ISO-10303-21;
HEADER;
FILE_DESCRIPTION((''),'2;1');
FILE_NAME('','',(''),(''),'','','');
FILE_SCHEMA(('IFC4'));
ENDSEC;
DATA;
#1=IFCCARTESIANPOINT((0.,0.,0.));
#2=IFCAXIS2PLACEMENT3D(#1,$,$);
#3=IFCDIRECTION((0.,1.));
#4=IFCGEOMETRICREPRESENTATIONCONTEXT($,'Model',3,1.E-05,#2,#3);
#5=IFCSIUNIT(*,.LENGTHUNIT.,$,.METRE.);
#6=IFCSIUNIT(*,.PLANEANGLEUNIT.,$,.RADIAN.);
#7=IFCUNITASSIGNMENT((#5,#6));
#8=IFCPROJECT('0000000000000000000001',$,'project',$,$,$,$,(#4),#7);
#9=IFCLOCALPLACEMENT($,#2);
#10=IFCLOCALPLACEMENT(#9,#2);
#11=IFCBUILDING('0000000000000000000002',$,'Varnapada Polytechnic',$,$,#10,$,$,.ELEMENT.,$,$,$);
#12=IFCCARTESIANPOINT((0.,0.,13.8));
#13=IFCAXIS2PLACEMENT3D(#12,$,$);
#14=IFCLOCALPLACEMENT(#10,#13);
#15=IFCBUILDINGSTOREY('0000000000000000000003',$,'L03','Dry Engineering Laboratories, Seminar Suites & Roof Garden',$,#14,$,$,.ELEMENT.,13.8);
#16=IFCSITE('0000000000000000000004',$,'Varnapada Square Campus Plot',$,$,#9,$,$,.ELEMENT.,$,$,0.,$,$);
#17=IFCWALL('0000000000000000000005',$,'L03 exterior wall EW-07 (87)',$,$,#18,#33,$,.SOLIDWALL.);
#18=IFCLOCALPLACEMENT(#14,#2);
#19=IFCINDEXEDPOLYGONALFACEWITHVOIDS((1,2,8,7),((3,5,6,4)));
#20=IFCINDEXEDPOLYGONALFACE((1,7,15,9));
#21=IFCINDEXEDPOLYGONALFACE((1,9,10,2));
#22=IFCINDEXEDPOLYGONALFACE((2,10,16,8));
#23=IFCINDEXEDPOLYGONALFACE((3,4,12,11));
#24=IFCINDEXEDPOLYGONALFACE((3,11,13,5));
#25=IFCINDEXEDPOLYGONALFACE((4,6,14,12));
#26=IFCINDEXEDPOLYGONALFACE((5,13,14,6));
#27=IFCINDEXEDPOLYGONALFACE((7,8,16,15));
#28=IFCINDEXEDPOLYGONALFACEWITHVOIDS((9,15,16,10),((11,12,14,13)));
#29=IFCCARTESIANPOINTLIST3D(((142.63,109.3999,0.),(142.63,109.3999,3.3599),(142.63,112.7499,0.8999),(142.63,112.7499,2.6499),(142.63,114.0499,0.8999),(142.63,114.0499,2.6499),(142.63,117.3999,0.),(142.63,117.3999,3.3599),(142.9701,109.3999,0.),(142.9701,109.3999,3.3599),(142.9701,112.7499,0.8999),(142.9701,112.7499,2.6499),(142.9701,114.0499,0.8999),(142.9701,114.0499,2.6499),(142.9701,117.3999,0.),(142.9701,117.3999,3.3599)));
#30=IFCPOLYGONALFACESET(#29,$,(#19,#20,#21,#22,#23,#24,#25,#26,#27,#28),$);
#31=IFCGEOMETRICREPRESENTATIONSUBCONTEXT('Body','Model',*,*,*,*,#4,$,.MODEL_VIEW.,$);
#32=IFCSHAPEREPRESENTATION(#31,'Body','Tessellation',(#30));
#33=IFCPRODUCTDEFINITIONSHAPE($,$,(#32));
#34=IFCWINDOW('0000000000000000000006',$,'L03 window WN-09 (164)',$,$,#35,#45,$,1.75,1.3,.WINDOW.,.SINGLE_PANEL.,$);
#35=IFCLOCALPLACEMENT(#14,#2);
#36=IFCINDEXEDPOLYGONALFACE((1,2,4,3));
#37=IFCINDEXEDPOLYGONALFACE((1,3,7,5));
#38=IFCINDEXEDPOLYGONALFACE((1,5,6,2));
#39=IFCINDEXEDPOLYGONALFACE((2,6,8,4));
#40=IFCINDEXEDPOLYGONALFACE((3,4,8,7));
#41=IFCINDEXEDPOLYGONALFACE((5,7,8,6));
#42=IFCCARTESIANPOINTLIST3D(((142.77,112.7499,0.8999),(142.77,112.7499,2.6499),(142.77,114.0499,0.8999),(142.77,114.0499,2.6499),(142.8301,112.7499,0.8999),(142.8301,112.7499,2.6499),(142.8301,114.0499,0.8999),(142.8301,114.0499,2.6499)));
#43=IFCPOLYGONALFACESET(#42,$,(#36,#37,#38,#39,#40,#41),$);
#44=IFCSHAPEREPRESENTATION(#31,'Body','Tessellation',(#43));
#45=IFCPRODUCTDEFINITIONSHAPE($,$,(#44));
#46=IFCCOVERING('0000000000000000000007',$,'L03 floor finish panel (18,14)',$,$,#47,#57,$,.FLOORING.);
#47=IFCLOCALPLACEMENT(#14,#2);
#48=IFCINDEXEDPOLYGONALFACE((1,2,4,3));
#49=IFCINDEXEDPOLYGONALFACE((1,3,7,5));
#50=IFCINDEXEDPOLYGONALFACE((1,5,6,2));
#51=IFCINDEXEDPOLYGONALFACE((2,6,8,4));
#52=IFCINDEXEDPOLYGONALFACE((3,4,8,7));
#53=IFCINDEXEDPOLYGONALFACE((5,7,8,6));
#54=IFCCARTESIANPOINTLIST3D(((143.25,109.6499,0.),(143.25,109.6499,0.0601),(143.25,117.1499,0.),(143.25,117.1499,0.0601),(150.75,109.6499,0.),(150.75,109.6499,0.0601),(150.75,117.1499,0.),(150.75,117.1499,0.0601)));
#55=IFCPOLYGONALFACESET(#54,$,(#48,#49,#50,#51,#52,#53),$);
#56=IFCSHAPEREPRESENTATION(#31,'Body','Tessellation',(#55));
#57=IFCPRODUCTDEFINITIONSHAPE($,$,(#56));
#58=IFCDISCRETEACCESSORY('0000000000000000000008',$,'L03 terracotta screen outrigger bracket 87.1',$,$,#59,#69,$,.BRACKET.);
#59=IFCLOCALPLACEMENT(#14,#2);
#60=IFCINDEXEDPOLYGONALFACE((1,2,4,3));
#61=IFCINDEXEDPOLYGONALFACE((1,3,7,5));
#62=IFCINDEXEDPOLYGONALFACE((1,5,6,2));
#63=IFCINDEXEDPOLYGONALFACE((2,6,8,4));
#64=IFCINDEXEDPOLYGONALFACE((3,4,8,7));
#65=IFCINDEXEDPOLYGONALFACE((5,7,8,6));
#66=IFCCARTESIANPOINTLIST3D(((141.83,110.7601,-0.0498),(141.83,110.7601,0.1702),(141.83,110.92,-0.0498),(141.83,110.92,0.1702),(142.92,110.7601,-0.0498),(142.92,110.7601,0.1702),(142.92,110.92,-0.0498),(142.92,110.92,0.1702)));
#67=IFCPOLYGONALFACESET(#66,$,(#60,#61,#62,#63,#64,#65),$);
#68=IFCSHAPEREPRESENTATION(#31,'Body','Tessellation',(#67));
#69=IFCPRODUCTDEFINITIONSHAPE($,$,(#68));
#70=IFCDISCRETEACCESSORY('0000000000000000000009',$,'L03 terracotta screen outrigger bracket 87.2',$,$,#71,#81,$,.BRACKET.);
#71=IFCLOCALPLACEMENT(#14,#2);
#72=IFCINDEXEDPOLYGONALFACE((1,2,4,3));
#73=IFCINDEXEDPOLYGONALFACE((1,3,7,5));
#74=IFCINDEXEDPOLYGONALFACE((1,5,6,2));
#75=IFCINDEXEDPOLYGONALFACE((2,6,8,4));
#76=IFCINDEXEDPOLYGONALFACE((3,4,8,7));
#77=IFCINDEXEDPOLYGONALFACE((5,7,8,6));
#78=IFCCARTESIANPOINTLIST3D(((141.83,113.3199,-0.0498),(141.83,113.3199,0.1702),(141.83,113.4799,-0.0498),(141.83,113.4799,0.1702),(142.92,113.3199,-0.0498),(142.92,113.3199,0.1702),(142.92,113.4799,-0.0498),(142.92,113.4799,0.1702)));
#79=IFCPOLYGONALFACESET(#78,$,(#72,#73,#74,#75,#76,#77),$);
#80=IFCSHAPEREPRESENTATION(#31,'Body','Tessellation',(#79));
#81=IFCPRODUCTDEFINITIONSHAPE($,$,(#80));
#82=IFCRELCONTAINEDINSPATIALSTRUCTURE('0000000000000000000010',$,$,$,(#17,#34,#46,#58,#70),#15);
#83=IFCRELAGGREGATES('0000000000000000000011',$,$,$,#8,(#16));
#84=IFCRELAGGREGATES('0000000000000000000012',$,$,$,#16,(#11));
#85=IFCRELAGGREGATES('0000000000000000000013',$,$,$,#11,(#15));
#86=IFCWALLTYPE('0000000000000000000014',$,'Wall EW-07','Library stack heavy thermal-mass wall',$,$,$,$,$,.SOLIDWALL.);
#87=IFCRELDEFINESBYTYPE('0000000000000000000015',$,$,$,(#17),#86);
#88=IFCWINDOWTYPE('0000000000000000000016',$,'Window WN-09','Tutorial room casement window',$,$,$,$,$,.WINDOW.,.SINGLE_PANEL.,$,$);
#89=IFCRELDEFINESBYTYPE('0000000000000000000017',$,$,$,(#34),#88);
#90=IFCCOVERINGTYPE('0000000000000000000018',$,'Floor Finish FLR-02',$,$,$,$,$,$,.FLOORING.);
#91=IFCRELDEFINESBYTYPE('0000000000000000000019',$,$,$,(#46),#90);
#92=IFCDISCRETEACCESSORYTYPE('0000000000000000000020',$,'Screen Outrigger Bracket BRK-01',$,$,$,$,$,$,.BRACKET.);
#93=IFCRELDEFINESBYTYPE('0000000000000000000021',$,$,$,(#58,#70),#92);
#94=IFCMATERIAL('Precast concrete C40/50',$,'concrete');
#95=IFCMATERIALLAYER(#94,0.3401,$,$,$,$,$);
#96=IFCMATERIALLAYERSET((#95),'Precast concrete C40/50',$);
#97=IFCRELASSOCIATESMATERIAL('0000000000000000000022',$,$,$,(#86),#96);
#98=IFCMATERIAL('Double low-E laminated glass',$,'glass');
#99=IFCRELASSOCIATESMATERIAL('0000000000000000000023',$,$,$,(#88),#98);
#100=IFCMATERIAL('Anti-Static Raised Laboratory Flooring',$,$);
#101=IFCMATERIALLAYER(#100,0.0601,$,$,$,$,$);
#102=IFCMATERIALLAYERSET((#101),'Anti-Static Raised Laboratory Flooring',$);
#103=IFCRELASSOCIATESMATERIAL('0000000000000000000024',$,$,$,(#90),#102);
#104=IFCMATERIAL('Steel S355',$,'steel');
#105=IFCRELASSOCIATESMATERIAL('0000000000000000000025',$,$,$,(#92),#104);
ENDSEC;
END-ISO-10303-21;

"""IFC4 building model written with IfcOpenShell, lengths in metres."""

from ifc_helpers import new_model, si_unit, direction, frame, frame_2d, origin, origin_2d, place, context, subcontext, project, spatial, rectangle, extrude, material, layer, layer_set, type_object, element, fill, save


model = new_model("IFC4")

# Units and contexts
model_context = context("Model", 3, precision=1e-05, world=origin(), true_north=direction((0.0, 1.0)))
body_context = subcontext(model_context, "Body", "Model", "MODEL_VIEW")
ifc_project = project(units=[si_unit("LENGTHUNIT", "METRE"), si_unit("PLANEANGLEUNIT", "RADIAN")], contexts=[model_context])

# Site, building, storey
site_placement = place(None, origin())
site = spatial("IfcSite", under=ifc_project, at=site_placement, Name="Varnapada Square Campus Plot", CompositionType="ELEMENT", RefElevation=0.0)
building_placement = place(site_placement, origin())
building = spatial("IfcBuilding", under=site, at=building_placement, Name="Varnapada Polytechnic", CompositionType="ELEMENT")
storey_placement = place(building_placement, frame((0.0, 0.0, 13.8)))
storey = spatial("IfcBuildingStorey", under=building, at=storey_placement, Name="L03", Description="Dry Engineering Laboratories, Seminar Suites & Roof Garden", CompositionType="ELEMENT", Elevation=13.8)

# Wall, opening, window
ifc_material_1 = material(Name="Precast concrete C40/50", Category="concrete")
ifc_layer_1 = layer(ifc_material_1, 0.3401)
ifc_layer_set_1 = layer_set([ifc_layer_1], Name="Precast concrete C40/50")
wall_type_1 = type_object("IfcWallType", Name="Wall EW-07", Description="Library stack heavy thermal-mass wall", PredefinedType="SOLIDWALL", material=ifc_layer_set_1)
wall_1_placement = place(storey_placement, frame((142.8, 109.3999, 0.0), z_axis=(0.0, 0.0, 1.0), x_axis=(0.0, 1.0, 0.0)))
wall_1 = element("IfcWall", 1, at=wall_1_placement, inside=storey, type_object=wall_type_1, Name="L03 exterior wall EW-07 (87)", PredefinedType="SOLIDWALL", context=body_context, shape_type="SweptSolid", body=[
    extrude(rectangle(XDim=8.0, YDim=0.3401, at=frame_2d((4.0, 0.0))), origin(), (0.0, 0.0, 1.0), 3.3599),
])
opening_1_placement = place(wall_1_placement, frame((3.3501, 0.0, 0.8999)))
opening_1 = element("IfcOpeningElement", 2, at=opening_1_placement, cuts=wall_1, PredefinedType="OPENING", context=body_context, shape_type="SweptSolid", body=[
    extrude(rectangle(XDim=1.3, YDim=1.75, at=frame_2d((0.6499, 0.875))), frame((0.0, 0.1799, 0.0), z_axis=(0.0, -1.0, 0.0), x_axis=(1.0, 0.0, 0.0)), (0.0, 0.0, 1.0), 0.3601),
])
ifc_material_2 = material(Name="Double low-E laminated glass", Category="glass")
window_type = type_object("IfcWindowType", Name="Window WN-09", Description="Tutorial room casement window", PartitioningType="SINGLE_PANEL", PredefinedType="WINDOW", material=ifc_material_2)
window_placement = place(opening_1_placement, origin())
window = element("IfcWindow", 3, at=window_placement, inside=storey, type_object=window_type, Name="L03 window WN-09 (164)", OverallHeight=1.75, OverallWidth=1.3, PartitioningType="SINGLE_PANEL", PredefinedType="WINDOW", context=body_context, shape_type="SweptSolid", body=[
    extrude(rectangle(XDim=1.3, YDim=1.75, at=frame_2d((0.6499, 0.875))), frame((0.0, 0.03, 0.0), z_axis=(0.0, -1.0, 0.0), x_axis=(1.0, 0.0, 0.0)), (0.0, 0.0, 1.0), 0.0601),
])
fill(opening_1, window)

# Covering
ifc_material_3 = material(Name="Anti-Static Raised Laboratory Flooring")
ifc_layer_2 = layer(ifc_material_3, 0.0601)
ifc_layer_set_2 = layer_set([ifc_layer_2], Name="Anti-Static Raised Laboratory Flooring")
covering_type = type_object("IfcCoveringType", Name="Floor Finish FLR-02", PredefinedType="FLOORING", material=ifc_layer_set_2)
covering_placement = place(storey_placement, frame((147.0, 113.3999, 0.0), z_axis=(0.0, 0.0, 1.0), x_axis=(1.0, 0.0, 0.0)))
element("IfcCovering", 4, at=covering_placement, inside=storey, type_object=covering_type, Name="L03 floor finish panel (18,14)", PredefinedType="FLOORING", context=body_context, shape_type="SweptSolid", body=[
    extrude(rectangle(XDim=7.5, YDim=7.5, at=origin_2d()), origin(), (0.0, 0.0, 1.0), 0.0601),
])

# Discrete accessories
ifc_material_4 = material(Name="Steel S355", Category="steel")
discrete_accessory_type = type_object("IfcDiscreteAccessoryType", Name="Screen Outrigger Bracket BRK-01", PredefinedType="BRACKET", material=ifc_material_4)
for number, where, z_axis, x_axis, name in (
    (5, (142.375, 110.8401, -0.0498), (0.0, 0.0, 1.0), (0.0, 1.0, 0.0), "L03 terracotta screen outrigger bracket 87.1"),
    (6, (142.375, 113.3999, -0.0498), (0.0, 0.0, 1.0), (0.0, 1.0, 0.0), "L03 terracotta screen outrigger bracket 87.2"),
):
    element("IfcDiscreteAccessory", number, at=place(storey_placement, frame(where, z_axis=z_axis, x_axis=x_axis)), inside=storey, type_object=discrete_accessory_type, Name=name, PredefinedType="BRACKET", context=body_context, shape_type="SweptSolid", body=[
        extrude(rectangle(XDim=0.1599, YDim=1.0901, at=origin_2d()), origin(), (0.0, 0.0, 1.0), 0.22),
    ])

save(model, "model.ifc")
